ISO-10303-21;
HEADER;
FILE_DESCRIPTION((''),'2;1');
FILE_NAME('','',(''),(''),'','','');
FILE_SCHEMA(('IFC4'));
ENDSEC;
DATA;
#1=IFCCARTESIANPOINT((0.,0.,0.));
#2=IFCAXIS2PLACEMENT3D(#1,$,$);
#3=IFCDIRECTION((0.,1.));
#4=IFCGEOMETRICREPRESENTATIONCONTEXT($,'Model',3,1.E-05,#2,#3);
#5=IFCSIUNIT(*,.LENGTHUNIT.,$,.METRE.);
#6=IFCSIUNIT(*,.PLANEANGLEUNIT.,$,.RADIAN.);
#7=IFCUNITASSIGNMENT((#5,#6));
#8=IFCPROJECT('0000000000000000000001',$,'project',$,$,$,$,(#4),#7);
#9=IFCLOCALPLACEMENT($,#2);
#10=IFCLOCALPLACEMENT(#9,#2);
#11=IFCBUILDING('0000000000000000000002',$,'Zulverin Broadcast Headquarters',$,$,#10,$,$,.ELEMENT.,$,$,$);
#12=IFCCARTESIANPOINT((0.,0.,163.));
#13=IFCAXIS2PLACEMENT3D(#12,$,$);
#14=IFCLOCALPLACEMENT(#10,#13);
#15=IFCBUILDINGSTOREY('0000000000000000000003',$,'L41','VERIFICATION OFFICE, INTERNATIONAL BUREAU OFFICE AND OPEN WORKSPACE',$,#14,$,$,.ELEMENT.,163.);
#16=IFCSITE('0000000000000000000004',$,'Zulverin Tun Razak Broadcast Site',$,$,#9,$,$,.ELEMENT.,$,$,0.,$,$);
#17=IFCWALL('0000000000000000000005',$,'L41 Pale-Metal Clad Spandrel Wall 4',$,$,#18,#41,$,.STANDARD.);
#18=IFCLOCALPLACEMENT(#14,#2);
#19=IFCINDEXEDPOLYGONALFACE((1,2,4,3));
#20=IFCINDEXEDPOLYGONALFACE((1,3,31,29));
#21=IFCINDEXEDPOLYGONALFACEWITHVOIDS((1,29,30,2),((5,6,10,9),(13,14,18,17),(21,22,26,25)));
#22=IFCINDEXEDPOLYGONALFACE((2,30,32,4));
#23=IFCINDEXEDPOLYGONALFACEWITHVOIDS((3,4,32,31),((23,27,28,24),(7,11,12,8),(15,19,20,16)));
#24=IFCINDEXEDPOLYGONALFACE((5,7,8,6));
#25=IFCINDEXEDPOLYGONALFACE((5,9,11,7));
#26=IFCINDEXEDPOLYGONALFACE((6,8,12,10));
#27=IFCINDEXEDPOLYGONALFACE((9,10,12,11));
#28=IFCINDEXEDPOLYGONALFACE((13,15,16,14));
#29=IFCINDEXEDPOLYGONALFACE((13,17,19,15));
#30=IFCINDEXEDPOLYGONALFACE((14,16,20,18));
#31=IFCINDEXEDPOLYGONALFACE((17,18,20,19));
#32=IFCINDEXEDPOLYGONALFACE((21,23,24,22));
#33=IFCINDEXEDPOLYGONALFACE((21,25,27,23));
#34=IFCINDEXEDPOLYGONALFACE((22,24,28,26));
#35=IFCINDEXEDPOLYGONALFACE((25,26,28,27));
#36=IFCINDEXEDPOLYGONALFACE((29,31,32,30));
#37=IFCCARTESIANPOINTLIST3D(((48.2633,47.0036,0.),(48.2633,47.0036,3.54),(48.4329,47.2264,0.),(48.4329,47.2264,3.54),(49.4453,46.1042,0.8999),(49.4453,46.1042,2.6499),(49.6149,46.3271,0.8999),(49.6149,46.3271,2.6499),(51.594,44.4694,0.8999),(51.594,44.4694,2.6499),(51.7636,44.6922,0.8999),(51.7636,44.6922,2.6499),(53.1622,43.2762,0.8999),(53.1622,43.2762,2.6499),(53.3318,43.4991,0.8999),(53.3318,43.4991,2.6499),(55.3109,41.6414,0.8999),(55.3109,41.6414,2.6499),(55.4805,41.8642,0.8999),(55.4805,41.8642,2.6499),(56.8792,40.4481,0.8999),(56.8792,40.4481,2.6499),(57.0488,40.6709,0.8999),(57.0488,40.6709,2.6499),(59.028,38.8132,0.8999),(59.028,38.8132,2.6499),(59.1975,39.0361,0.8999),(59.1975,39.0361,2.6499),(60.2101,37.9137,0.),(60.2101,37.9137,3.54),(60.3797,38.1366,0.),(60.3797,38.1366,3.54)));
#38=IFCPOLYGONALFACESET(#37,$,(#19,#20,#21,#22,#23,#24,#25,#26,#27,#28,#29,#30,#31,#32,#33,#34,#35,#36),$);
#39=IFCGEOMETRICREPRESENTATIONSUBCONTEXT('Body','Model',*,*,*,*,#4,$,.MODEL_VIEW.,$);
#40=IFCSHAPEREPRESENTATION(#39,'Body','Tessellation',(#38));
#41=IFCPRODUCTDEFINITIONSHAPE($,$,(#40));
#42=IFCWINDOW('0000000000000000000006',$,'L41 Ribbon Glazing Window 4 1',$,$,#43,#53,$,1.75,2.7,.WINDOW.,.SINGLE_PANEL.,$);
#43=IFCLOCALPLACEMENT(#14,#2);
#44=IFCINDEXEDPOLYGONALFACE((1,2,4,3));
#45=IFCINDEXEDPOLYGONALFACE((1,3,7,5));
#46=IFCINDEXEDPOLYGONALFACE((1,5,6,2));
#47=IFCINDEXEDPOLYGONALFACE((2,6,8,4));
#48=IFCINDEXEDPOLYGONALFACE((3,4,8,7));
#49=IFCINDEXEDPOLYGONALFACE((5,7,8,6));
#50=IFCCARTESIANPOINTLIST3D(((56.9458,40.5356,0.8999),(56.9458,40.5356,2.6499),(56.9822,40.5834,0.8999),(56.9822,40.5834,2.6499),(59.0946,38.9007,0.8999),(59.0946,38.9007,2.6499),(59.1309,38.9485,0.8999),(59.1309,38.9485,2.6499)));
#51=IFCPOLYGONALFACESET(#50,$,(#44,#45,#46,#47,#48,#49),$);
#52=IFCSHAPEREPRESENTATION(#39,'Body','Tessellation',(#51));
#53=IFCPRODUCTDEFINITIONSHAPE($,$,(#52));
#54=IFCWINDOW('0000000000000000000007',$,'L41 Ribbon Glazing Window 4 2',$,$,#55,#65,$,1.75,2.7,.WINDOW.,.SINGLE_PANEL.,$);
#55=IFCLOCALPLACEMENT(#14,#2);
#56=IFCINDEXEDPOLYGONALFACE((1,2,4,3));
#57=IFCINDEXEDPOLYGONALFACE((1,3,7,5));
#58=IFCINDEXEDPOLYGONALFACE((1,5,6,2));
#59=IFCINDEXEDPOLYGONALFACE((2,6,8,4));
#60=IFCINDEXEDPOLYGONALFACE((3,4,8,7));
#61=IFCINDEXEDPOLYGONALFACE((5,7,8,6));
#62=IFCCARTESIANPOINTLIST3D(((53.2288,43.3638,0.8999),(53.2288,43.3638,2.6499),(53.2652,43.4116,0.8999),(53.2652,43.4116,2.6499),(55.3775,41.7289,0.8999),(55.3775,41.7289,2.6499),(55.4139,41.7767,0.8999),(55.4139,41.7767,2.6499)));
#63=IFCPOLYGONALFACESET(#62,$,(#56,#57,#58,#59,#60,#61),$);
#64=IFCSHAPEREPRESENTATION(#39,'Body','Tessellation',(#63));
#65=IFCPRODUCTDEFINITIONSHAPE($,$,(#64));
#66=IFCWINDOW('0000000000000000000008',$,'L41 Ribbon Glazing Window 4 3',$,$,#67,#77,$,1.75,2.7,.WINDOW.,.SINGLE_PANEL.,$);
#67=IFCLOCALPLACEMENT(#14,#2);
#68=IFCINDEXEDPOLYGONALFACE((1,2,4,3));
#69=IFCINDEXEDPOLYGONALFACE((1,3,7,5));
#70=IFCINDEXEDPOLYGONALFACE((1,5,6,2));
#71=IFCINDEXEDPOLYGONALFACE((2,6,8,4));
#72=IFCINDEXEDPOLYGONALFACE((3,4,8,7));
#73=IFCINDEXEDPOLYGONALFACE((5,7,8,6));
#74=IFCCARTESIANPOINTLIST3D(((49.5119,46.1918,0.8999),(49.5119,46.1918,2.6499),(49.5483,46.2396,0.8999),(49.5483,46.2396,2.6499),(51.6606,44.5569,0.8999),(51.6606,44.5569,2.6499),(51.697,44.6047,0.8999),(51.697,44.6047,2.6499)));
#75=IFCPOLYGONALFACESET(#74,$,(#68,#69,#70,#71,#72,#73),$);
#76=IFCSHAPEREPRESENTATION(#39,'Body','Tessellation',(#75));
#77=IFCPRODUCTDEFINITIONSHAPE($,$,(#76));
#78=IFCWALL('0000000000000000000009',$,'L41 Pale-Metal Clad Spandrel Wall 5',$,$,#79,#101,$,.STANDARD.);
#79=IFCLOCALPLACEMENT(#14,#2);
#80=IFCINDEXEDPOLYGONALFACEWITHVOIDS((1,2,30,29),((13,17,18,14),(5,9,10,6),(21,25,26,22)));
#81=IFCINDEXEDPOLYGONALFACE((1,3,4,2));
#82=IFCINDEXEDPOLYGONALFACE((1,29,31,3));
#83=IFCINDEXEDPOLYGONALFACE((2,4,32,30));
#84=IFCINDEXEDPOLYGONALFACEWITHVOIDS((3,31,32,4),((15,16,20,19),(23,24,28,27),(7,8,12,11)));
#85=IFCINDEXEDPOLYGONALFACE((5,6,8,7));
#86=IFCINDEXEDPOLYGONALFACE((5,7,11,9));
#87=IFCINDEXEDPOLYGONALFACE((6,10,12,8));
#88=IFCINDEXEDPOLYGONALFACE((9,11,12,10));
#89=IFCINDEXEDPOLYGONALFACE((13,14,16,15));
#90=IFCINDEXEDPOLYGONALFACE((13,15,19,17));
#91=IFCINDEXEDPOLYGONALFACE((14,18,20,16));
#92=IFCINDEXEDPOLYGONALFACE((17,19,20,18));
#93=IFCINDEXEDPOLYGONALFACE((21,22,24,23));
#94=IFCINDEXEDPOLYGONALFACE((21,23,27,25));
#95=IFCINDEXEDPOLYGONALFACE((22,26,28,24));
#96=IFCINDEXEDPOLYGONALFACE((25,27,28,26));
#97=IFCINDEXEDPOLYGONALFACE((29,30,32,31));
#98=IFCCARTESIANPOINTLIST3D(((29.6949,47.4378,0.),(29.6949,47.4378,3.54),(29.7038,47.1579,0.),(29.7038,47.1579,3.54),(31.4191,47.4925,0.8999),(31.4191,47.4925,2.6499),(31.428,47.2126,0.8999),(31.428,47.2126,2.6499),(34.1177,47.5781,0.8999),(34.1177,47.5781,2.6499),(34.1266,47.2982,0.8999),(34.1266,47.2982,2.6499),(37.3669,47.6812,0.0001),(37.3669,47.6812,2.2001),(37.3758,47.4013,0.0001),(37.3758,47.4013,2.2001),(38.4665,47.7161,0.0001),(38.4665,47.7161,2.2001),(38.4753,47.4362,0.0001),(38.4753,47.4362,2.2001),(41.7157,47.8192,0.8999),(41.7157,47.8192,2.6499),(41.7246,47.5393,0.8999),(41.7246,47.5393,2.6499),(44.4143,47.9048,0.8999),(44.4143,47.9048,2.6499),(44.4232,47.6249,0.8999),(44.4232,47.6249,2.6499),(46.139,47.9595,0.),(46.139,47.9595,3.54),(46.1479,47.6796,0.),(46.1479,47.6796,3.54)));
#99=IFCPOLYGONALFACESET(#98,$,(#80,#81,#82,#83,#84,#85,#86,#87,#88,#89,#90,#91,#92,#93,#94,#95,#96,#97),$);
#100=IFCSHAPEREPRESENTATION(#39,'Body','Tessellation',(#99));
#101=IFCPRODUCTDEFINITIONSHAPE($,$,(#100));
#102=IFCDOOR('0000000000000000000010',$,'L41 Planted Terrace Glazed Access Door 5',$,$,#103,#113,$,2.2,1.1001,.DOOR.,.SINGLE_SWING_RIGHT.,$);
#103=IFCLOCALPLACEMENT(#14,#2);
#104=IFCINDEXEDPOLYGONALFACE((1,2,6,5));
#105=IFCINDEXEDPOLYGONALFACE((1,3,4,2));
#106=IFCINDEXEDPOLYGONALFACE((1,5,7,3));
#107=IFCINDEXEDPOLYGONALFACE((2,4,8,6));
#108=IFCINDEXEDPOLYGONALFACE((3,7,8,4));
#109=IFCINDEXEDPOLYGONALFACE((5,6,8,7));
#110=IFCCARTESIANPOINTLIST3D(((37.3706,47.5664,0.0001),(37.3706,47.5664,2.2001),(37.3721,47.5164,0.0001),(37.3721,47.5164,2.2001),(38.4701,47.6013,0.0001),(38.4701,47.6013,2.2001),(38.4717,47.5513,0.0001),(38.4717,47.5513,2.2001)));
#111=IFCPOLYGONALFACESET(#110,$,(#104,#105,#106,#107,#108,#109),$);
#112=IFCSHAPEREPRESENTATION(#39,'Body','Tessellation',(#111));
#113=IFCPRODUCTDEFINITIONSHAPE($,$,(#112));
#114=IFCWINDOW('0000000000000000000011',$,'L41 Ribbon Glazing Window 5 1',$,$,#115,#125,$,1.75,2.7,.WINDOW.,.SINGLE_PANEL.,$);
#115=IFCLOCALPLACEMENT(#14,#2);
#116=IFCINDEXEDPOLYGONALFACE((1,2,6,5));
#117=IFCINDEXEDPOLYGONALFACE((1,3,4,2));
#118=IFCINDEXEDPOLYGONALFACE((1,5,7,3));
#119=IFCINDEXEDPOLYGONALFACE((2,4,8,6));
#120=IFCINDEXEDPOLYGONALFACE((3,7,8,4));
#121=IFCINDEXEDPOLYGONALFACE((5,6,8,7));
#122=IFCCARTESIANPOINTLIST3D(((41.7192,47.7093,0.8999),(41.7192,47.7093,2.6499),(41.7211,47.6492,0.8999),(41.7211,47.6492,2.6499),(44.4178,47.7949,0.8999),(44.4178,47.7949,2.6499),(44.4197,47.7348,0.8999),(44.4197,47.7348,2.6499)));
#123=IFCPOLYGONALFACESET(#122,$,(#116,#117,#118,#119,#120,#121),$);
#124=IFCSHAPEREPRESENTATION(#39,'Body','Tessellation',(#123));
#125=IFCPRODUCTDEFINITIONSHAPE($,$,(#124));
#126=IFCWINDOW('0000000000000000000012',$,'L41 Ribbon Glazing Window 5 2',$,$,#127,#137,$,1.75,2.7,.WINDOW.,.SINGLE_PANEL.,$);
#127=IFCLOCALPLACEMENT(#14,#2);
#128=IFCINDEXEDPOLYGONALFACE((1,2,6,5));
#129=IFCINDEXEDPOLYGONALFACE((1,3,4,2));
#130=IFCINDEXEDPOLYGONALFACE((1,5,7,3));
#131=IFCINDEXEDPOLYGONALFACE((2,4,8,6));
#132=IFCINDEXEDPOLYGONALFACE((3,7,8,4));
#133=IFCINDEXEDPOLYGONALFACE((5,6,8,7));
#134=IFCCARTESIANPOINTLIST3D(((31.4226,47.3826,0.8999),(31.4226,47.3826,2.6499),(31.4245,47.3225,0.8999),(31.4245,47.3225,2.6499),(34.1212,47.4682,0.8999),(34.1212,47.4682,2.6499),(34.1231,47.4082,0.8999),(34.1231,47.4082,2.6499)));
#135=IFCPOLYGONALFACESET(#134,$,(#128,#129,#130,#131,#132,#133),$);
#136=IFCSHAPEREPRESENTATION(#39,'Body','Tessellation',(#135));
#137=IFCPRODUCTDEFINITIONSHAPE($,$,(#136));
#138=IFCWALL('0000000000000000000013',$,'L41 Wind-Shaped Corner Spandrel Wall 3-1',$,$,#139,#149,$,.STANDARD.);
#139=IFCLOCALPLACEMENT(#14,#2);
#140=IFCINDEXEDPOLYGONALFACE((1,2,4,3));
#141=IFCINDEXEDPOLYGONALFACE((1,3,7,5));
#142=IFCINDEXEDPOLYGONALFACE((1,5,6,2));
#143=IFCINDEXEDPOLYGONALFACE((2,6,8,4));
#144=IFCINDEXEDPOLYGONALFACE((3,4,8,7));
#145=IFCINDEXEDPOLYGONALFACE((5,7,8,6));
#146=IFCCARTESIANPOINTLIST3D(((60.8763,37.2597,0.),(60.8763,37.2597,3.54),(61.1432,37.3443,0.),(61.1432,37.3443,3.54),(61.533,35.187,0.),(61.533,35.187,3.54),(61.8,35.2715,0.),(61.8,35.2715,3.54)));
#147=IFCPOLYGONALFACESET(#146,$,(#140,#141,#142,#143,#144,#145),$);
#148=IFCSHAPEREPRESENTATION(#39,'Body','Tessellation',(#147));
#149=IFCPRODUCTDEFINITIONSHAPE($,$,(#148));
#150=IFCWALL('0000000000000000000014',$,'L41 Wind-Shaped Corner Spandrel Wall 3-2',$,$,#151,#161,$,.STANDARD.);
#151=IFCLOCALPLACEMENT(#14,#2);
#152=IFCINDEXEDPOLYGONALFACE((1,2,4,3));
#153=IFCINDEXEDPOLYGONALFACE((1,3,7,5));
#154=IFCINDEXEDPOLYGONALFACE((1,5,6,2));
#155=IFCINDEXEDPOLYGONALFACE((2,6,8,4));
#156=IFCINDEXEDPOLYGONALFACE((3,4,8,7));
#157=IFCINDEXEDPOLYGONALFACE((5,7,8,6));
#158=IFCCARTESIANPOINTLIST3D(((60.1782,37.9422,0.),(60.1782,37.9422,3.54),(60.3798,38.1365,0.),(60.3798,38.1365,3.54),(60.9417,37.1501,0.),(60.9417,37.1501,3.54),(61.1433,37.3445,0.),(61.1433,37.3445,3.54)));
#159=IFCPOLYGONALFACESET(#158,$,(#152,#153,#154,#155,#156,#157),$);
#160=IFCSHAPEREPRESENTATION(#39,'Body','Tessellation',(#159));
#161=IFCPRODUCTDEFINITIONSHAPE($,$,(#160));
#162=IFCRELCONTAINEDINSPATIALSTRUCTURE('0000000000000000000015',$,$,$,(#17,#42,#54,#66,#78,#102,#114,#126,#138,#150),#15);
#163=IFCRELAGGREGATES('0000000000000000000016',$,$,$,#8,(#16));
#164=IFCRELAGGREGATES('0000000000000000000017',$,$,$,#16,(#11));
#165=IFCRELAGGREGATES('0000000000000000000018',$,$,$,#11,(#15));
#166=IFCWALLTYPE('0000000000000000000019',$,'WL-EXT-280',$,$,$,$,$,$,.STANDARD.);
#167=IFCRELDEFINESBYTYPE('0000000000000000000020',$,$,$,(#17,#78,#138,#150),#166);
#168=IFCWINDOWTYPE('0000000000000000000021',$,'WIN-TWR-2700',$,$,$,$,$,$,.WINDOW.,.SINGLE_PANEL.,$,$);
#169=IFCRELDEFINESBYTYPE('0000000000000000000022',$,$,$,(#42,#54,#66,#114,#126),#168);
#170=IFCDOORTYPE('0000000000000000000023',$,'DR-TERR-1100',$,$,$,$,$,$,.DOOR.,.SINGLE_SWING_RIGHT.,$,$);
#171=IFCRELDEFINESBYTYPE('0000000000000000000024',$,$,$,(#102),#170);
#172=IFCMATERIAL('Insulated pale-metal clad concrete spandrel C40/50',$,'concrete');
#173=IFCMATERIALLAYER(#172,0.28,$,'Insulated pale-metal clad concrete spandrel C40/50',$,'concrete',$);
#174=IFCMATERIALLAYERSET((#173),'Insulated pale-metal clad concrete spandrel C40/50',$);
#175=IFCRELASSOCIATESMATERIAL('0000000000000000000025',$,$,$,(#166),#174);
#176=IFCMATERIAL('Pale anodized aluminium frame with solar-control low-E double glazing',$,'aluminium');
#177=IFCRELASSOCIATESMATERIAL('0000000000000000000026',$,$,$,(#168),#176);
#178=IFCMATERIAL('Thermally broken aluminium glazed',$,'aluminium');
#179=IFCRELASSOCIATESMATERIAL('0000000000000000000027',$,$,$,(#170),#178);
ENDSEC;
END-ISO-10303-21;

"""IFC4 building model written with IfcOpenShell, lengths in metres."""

from ifc_helpers import new_model, si_unit, direction, frame, frame_2d, origin, place, context, subcontext, project, spatial, rectangle, extrude, material, layer, layer_set, type_object, element, fill, save


model = new_model("IFC4")

# Units and contexts
model_context = context("Model", 3, precision=1e-05, world=origin(), true_north=direction((0.0, 1.0)))
body_context = subcontext(model_context, "Body", "Model", "MODEL_VIEW")
ifc_project = project(units=[si_unit("LENGTHUNIT", "METRE"), si_unit("PLANEANGLEUNIT", "RADIAN")], contexts=[model_context])

# Site, building, storey
site_placement = place(None, origin())
site = spatial("IfcSite", under=ifc_project, at=site_placement, Name="Zulverin Tun Razak Broadcast Site", CompositionType="ELEMENT", RefElevation=0.0)
building_placement = place(site_placement, origin())
building = spatial("IfcBuilding", under=site, at=building_placement, Name="Zulverin Broadcast Headquarters", CompositionType="ELEMENT")
storey_placement = place(building_placement, frame((0.0, 0.0, 163.0)))
storey = spatial("IfcBuildingStorey", under=building, at=storey_placement, Name="L41", Description="VERIFICATION OFFICE, INTERNATIONAL BUREAU OFFICE AND OPEN WORKSPACE", CompositionType="ELEMENT", Elevation=163.0)

# Wall, openings, windows
ifc_material_1 = material(Name="Insulated pale-metal clad concrete spandrel C40/50", Category="concrete")
ifc_layer_1 = layer(ifc_material_1, 0.28, Name="Insulated pale-metal clad concrete spandrel C40/50", Category="concrete")
ifc_layer_set_1 = layer_set([ifc_layer_1], Name="Insulated pale-metal clad concrete spandrel C40/50")
wall_type = type_object("IfcWallType", Name="WL-EXT-280", PredefinedType="STANDARD", material=ifc_layer_set_1)
wall_1_placement = place(storey_placement, frame((60.2949, 38.0251, 0.0), z_axis=(0.0, 0.0, 1.0), x_axis=(-0.795832, 0.605518, 0.0)))
wall_1 = element("IfcWall", 1, at=wall_1_placement, inside=storey, type_object=wall_type, Name="L41 Pale-Metal Clad Spandrel Wall 4", PredefinedType="STANDARD", context=body_context, shape_type="SweptSolid", body=[
    extrude(rectangle(XDim=15.0117, YDim=0.28, at=frame_2d((7.5059, 0.0))), origin(), (0.0, 0.0, 1.0), 3.54),
])
opening_1_placement = place(wall_1_placement, frame((1.4854, 0.0, 0.8999)))
opening_1 = element("IfcOpeningElement", 2, at=opening_1_placement, cuts=wall_1, PredefinedType="OPENING", context=body_context, shape_type="SweptSolid", body=[
    extrude(rectangle(XDim=2.7, YDim=1.75, at=frame_2d((1.3501, 0.875))), frame((0.0, 0.1499, 0.0), z_axis=(0.0, -1.0, 0.0), x_axis=(1.0, 0.0, 0.0)), (0.0, 0.0, 1.0), 0.3),
])
opening_2_placement = place(wall_1_placement, frame((6.156, 0.0, 0.8999)))
opening_2 = element("IfcOpeningElement", 3, at=opening_2_placement, cuts=wall_1, PredefinedType="OPENING", context=body_context, shape_type="SweptSolid", body=[
    extrude(rectangle(XDim=2.7, YDim=1.75, at=frame_2d((1.3501, 0.875))), frame((0.0, 0.1499, 0.0), z_axis=(0.0, -1.0, 0.0), x_axis=(1.0, 0.0, 0.0)), (0.0, 0.0, 1.0), 0.3),
])
opening_3_placement = place(wall_1_placement, frame((10.8264, 0.0, 0.8999)))
opening_3 = element("IfcOpeningElement", 4, at=opening_3_placement, cuts=wall_1, PredefinedType="OPENING", context=body_context, shape_type="SweptSolid", body=[
    extrude(rectangle(XDim=2.7, YDim=1.75, at=frame_2d((1.3501, 0.875))), frame((0.0, 0.1499, 0.0), z_axis=(0.0, -1.0, 0.0), x_axis=(1.0, 0.0, 0.0)), (0.0, 0.0, 1.0), 0.3),
])
ifc_material_2 = material(Name="Pale anodized aluminium frame with solar-control low-E double glazing", Category="aluminium")
window_type = type_object("IfcWindowType", Name="WIN-TWR-2700", PartitioningType="SINGLE_PANEL", PredefinedType="WINDOW", material=ifc_material_2)
window_1_placement = place(opening_1_placement, origin())
window_1 = element("IfcWindow", 5, at=window_1_placement, inside=storey, type_object=window_type, Name="L41 Ribbon Glazing Window 4 1", OverallHeight=1.75, OverallWidth=2.7, PartitioningType="SINGLE_PANEL", PredefinedType="WINDOW", context=body_context, shape_type="SweptSolid", body=[
    extrude(rectangle(XDim=2.7, YDim=1.75, at=frame_2d((1.3501, 0.875))), frame((0.0, 0.03, 0.0), z_axis=(0.0, -1.0, 0.0), x_axis=(1.0, 0.0, 0.0)), (0.0, 0.0, 1.0), 0.0601),
])
fill(opening_1, window_1)
window_2_placement = place(opening_2_placement, origin())
window_2 = element("IfcWindow", 6, at=window_2_placement, inside=storey, type_object=window_type, Name="L41 Ribbon Glazing Window 4 2", OverallHeight=1.75, OverallWidth=2.7, PartitioningType="SINGLE_PANEL", PredefinedType="WINDOW", context=body_context, shape_type="SweptSolid", body=[
    extrude(rectangle(XDim=2.7, YDim=1.75, at=frame_2d((1.3501, 0.875))), frame((0.0, 0.03, 0.0), z_axis=(0.0, -1.0, 0.0), x_axis=(1.0, 0.0, 0.0)), (0.0, 0.0, 1.0), 0.0601),
])
fill(opening_2, window_2)
window_3_placement = place(opening_3_placement, origin())
window_3 = element("IfcWindow", 7, at=window_3_placement, inside=storey, type_object=window_type, Name="L41 Ribbon Glazing Window 4 3", OverallHeight=1.75, OverallWidth=2.7, PartitioningType="SINGLE_PANEL", PredefinedType="WINDOW", context=body_context, shape_type="SweptSolid", body=[
    extrude(rectangle(XDim=2.7, YDim=1.75, at=frame_2d((1.3501, 0.875))), frame((0.0, 0.03, 0.0), z_axis=(0.0, -1.0, 0.0), x_axis=(1.0, 0.0, 0.0)), (0.0, 0.0, 1.0), 0.0601),
])
fill(opening_3, window_3)

# Wall, openings, door, windows
wall_2_placement = place(storey_placement, frame((46.1433, 47.8196, 0.0), z_axis=(0.0, 0.0, 1.0), x_axis=(-0.999497, -0.031711, 0.0)))
wall_2 = element("IfcWall", 8, at=wall_2_placement, inside=storey, type_object=wall_type, Name="L41 Pale-Metal Clad Spandrel Wall 5", PredefinedType="STANDARD", context=body_context, shape_type="SweptSolid", body=[
    extrude(rectangle(XDim=16.4524, YDim=0.28, at=frame_2d((8.2261, 0.0))), origin(), (0.0, 0.0, 1.0), 3.54),
])
opening_4_placement = place(wall_2_placement, frame((7.6763, 0.0, 0.0)))
opening_4 = element("IfcOpeningElement", 9, at=opening_4_placement, cuts=wall_2, PredefinedType="OPENING", context=body_context, shape_type="SweptSolid", body=[
    extrude(rectangle(XDim=1.1001, YDim=2.2, at=frame_2d((0.55, 1.1001))), frame((0.0, 0.1499, 0.0), z_axis=(0.0, -1.0, 0.0), x_axis=(1.0, 0.0, 0.0)), (0.0, 0.0, 1.0), 0.3),
])
opening_5_placement = place(wall_2_placement, frame((1.7253, 0.0, 0.8999)))
opening_5 = element("IfcOpeningElement", 10, at=opening_5_placement, cuts=wall_2, PredefinedType="OPENING", context=body_context, shape_type="SweptSolid", body=[
    extrude(rectangle(XDim=2.7, YDim=1.75, at=frame_2d((1.3501, 0.875))), frame((0.0, 0.1499, 0.0), z_axis=(0.0, -1.0, 0.0), x_axis=(1.0, 0.0, 0.0)), (0.0, 0.0, 1.0), 0.3),
])
opening_6_placement = place(wall_2_placement, frame((12.0271, 0.0, 0.8999)))
opening_6 = element("IfcOpeningElement", 11, at=opening_6_placement, cuts=wall_2, PredefinedType="OPENING", context=body_context, shape_type="SweptSolid", body=[
    extrude(rectangle(XDim=2.7, YDim=1.75, at=frame_2d((1.3501, 0.875))), frame((0.0, 0.1499, 0.0), z_axis=(0.0, -1.0, 0.0), x_axis=(1.0, 0.0, 0.0)), (0.0, 0.0, 1.0), 0.3),
])
ifc_material_3 = material(Name="Thermally broken aluminium glazed", Category="aluminium")
door_type = type_object("IfcDoorType", Name="DR-TERR-1100", OperationType="SINGLE_SWING_RIGHT", PredefinedType="DOOR", material=ifc_material_3)
door_placement = place(opening_4_placement, origin())
door = element("IfcDoor", 12, at=door_placement, inside=storey, type_object=door_type, Name="L41 Planted Terrace Glazed Access Door 5", OperationType="SINGLE_SWING_RIGHT", OverallHeight=2.2, OverallWidth=1.1001, PredefinedType="DOOR", context=body_context, shape_type="SweptSolid", body=[
    extrude(rectangle(XDim=1.1001, YDim=2.2, at=frame_2d((0.55, 1.1001))), frame((0.0, 0.0249, 0.0), z_axis=(0.0, -1.0, 0.0), x_axis=(1.0, 0.0, 0.0)), (0.0, 0.0, 1.0), 0.05),
])
fill(opening_4, door)
window_4_placement = place(opening_5_placement, origin())
window_4 = element("IfcWindow", 13, at=window_4_placement, inside=storey, type_object=window_type, Name="L41 Ribbon Glazing Window 5 1", OverallHeight=1.75, OverallWidth=2.7, PartitioningType="SINGLE_PANEL", PredefinedType="WINDOW", context=body_context, shape_type="SweptSolid", body=[
    extrude(rectangle(XDim=2.7, YDim=1.75, at=frame_2d((1.3501, 0.875))), frame((0.0, 0.03, 0.0), z_axis=(0.0, -1.0, 0.0), x_axis=(1.0, 0.0, 0.0)), (0.0, 0.0, 1.0), 0.0601),
])
fill(opening_5, window_4)
window_5_placement = place(opening_6_placement, origin())
window_5 = element("IfcWindow", 14, at=window_5_placement, inside=storey, type_object=window_type, Name="L41 Ribbon Glazing Window 5 2", OverallHeight=1.75, OverallWidth=2.7, PartitioningType="SINGLE_PANEL", PredefinedType="WINDOW", context=body_context, shape_type="SweptSolid", body=[
    extrude(rectangle(XDim=2.7, YDim=1.75, at=frame_2d((1.3501, 0.875))), frame((0.0, 0.03, 0.0), z_axis=(0.0, -1.0, 0.0), x_axis=(1.0, 0.0, 0.0)), (0.0, 0.0, 1.0), 0.0601),
])
fill(opening_6, window_5)

# Walls
wall_3_placement = place(storey_placement, frame((61.6665, 35.2292, 0.0), z_axis=(0.0, 0.0, 1.0), x_axis=(-0.302045, 0.953294, 0.0)))
element("IfcWall", 15, at=wall_3_placement, inside=storey, type_object=wall_type, Name="L41 Wind-Shaped Corner Spandrel Wall 3-1", PredefinedType="STANDARD", context=body_context, shape_type="SweptSolid", body=[
    extrude(rectangle(XDim=2.1743, YDim=0.28, at=frame_2d((1.0872, 0.0))), origin(), (0.0, 0.0, 1.0), 3.54),
])
wall_4_placement = place(storey_placement, frame((61.0425, 37.2473, 0.0), z_axis=(0.0, 0.0, 1.0), x_axis=(-0.694004, 0.719971, 0.0)))
element("IfcWall", 16, at=wall_4_placement, inside=storey, type_object=wall_type, Name="L41 Wind-Shaped Corner Spandrel Wall 3-2", PredefinedType="STANDARD", context=body_context, shape_type="SweptSolid", body=[
    extrude(rectangle(XDim=1.1001, YDim=0.28, at=frame_2d((0.55, 0.0))), origin(), (0.0, 0.0, 1.0), 3.54),
])

save(model, "model.ifc")
